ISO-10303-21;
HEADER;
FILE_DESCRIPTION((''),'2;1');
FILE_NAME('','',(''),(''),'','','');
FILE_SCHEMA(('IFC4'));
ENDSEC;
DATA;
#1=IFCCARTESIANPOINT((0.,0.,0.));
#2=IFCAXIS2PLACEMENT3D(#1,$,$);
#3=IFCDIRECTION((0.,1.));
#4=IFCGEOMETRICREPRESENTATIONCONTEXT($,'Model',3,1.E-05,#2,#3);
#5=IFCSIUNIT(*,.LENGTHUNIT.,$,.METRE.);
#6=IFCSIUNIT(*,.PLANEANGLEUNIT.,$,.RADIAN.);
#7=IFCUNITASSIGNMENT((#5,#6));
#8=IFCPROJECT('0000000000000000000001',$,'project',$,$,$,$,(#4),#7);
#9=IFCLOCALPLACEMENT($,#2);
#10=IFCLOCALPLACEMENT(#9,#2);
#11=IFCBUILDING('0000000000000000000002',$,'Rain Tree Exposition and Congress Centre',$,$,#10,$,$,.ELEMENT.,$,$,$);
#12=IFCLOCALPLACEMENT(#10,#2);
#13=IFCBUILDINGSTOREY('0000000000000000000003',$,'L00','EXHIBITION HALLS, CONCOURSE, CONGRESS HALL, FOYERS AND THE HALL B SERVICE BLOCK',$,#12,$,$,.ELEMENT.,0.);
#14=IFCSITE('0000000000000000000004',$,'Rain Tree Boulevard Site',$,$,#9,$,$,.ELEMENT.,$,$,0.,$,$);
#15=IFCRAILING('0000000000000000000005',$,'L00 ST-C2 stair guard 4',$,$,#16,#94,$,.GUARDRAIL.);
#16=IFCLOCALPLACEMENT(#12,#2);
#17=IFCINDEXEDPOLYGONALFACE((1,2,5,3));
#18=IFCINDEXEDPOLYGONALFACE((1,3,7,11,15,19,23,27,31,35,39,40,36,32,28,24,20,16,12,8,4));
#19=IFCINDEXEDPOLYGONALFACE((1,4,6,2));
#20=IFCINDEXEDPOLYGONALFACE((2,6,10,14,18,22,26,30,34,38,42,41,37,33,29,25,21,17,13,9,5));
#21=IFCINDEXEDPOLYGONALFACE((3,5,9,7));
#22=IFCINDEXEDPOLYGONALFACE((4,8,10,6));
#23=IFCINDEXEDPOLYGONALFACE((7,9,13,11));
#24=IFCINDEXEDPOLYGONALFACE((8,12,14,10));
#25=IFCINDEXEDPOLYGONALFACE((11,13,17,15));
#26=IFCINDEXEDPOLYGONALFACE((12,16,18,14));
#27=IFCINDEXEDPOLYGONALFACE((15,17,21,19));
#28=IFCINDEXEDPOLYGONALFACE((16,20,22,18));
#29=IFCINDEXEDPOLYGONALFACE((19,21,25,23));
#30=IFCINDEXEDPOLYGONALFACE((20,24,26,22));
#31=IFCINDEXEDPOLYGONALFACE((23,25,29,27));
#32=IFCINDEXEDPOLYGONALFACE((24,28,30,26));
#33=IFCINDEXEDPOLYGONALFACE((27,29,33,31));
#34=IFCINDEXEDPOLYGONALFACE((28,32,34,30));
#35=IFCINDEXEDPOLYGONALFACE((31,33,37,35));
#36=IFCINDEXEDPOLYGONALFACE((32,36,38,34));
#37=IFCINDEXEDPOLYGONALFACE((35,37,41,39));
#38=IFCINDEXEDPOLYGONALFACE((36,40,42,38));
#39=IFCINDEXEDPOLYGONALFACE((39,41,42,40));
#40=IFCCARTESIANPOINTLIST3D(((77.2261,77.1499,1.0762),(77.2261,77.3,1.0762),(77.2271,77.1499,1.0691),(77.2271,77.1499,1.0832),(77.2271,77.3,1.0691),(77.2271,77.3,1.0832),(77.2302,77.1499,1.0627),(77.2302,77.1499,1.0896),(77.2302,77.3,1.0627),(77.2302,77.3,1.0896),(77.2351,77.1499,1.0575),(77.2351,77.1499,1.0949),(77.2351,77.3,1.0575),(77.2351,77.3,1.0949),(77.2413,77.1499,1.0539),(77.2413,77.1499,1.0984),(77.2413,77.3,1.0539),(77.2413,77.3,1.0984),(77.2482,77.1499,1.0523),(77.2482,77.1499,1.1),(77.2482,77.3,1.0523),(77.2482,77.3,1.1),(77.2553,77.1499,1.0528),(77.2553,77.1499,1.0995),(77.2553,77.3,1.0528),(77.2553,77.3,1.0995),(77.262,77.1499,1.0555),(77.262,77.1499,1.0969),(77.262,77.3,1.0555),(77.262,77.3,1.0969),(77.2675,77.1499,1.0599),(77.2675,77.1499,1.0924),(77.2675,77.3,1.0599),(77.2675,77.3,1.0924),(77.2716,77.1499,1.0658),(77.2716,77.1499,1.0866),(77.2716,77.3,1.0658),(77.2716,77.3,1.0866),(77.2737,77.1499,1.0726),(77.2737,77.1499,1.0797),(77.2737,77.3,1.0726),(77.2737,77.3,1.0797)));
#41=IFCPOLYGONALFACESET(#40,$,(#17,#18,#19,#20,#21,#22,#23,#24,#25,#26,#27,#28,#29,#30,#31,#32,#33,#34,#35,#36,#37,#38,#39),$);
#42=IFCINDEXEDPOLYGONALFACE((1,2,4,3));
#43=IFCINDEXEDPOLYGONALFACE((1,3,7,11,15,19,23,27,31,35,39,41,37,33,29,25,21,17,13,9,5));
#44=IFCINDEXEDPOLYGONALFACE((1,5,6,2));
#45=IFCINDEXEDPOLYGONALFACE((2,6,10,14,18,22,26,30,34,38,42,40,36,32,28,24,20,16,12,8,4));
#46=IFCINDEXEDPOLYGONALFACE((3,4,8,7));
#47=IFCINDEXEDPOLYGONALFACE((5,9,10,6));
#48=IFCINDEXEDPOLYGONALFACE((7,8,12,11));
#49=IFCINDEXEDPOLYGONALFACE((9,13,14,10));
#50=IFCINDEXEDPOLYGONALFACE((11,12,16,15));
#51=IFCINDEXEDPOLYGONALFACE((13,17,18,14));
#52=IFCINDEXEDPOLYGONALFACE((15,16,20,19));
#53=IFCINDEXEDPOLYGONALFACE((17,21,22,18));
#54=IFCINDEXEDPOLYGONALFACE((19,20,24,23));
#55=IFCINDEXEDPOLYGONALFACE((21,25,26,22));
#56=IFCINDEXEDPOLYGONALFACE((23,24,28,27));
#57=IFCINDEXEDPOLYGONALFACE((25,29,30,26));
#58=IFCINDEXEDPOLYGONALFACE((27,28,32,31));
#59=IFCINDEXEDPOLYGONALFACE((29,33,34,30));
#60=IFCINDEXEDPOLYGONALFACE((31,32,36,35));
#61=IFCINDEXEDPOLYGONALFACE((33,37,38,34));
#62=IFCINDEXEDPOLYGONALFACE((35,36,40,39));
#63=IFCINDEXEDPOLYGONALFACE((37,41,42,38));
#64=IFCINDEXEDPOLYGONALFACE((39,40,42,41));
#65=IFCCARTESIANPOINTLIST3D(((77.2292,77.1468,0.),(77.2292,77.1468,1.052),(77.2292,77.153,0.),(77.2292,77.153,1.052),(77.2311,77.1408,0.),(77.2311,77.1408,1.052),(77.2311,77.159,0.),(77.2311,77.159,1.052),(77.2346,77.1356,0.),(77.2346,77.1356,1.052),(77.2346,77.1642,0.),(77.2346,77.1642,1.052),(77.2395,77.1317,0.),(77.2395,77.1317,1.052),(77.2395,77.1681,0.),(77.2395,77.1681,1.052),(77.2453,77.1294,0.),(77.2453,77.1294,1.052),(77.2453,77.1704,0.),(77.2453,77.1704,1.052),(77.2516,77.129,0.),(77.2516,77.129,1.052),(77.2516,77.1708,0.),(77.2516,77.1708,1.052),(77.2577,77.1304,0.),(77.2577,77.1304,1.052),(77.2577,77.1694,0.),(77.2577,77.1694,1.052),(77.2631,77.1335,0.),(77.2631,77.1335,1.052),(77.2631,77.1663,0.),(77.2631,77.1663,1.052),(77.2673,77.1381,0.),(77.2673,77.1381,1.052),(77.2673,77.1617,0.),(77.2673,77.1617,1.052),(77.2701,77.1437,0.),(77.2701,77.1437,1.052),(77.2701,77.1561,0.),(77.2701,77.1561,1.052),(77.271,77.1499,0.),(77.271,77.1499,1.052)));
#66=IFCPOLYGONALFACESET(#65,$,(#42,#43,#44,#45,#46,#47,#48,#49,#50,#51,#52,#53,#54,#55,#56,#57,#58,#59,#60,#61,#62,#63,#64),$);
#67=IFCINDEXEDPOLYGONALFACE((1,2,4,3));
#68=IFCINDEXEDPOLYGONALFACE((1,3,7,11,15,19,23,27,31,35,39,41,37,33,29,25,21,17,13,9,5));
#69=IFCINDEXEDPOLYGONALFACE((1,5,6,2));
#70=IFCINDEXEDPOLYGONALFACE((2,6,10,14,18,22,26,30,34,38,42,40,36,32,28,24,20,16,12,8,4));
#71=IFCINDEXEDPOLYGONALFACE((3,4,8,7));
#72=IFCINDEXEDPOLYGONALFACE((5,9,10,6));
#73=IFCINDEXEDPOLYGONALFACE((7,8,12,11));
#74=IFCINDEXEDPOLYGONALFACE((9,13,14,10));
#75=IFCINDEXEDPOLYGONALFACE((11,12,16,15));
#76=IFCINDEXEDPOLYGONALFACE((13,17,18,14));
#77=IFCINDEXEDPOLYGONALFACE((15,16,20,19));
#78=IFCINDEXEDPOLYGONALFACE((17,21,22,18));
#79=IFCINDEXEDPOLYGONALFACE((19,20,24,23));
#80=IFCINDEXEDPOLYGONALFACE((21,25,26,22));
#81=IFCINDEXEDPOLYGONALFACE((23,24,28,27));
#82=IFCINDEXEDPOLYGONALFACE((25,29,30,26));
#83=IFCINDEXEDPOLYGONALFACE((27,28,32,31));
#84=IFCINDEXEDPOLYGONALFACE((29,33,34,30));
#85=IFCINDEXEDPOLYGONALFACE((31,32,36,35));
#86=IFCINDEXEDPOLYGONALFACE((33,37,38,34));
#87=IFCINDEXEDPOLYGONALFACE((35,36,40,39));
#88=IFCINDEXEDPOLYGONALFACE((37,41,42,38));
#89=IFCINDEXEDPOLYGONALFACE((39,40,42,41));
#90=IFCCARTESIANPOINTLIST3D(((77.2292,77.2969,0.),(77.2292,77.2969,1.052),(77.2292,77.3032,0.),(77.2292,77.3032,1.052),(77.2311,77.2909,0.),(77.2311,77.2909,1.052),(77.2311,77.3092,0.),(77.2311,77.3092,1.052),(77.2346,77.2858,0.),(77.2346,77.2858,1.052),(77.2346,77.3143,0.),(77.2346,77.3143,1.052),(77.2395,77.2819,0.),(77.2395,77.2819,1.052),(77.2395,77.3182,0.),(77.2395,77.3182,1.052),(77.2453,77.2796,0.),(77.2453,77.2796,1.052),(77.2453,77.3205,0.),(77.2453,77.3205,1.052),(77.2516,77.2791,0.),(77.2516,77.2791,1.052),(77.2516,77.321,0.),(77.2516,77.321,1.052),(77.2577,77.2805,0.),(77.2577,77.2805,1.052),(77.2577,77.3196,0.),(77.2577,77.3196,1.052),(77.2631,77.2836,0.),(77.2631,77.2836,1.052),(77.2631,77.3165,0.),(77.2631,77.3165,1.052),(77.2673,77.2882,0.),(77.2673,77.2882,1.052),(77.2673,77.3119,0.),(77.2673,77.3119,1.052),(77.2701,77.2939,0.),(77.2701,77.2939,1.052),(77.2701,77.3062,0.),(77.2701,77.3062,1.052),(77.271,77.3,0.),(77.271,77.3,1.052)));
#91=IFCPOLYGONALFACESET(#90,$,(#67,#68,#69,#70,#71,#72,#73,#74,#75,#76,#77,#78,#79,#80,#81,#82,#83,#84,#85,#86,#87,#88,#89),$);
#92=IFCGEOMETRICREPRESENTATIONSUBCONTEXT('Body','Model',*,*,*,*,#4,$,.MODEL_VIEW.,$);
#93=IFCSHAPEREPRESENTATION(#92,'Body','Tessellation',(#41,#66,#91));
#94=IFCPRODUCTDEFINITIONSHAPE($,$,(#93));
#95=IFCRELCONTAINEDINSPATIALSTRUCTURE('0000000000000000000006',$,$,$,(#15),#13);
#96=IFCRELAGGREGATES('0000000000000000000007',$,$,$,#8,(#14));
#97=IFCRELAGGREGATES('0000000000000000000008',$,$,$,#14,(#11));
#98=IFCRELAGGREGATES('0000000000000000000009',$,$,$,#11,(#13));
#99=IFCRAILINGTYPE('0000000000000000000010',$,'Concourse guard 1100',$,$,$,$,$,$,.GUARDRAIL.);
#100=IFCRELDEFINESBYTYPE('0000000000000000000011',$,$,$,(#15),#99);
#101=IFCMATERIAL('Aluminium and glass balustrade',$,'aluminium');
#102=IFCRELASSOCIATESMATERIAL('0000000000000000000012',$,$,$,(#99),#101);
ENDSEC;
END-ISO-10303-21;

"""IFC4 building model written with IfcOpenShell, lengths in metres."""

from ifc_helpers import new_model, si_unit, direction, frame, origin, origin_2d, place, context, subcontext, project, spatial, circle, extrude, material, type_object, element, save


model = new_model("IFC4")

# Units and contexts
model_context = context("Model", 3, precision=1e-05, world=origin(), true_north=direction((0.0, 1.0)))
body_context = subcontext(model_context, "Body", "Model", "MODEL_VIEW")
ifc_project = project(units=[si_unit("LENGTHUNIT", "METRE"), si_unit("PLANEANGLEUNIT", "RADIAN")], contexts=[model_context])

# Site, building, storey
site_placement = place(None, origin())
site = spatial("IfcSite", under=ifc_project, at=site_placement, Name="Rain Tree Boulevard Site", CompositionType="ELEMENT", RefElevation=0.0)
building_placement = place(site_placement, origin())
building = spatial("IfcBuilding", under=site, at=building_placement, Name="Rain Tree Exposition and Congress Centre", CompositionType="ELEMENT")
storey_placement = place(building_placement, origin())
storey = spatial("IfcBuildingStorey", under=building, at=storey_placement, Name="L00", Description="EXHIBITION HALLS, CONCOURSE, CONGRESS HALL, FOYERS AND THE HALL B SERVICE BLOCK", CompositionType="ELEMENT", Elevation=0.0)

# Railing
ifc_material_1 = material(Name="Aluminium and glass balustrade", Category="aluminium")
railing_type_1 = type_object("IfcRailingType", Name="Concourse guard 1100", PredefinedType="GUARDRAIL", material=ifc_material_1)
railing_1_placement = place(storey_placement, frame((77.25, 77.1499, 0.0)))
element("IfcRailing", 1, at=railing_1_placement, inside=storey, type_object=railing_type_1, Name="L00 ST-C2 stair guard 4", PredefinedType="GUARDRAIL", context=body_context, shape_type="SweptSolid", body=[
    extrude(circle(Radius=0.0239, at=origin_2d()), frame((0.0, 0.0, 1.0762), z_axis=(0.0, 1.0, 0.0), x_axis=(-1.0, 0.0, 0.0)), (0.0, 0.0, 1.0), 0.1501),
    extrude(circle(Radius=0.021, at=origin_2d()), origin(), (0.0, 0.0, 1.0), 1.052),
    extrude(circle(Radius=0.021, at=origin_2d()), frame((0.0, 0.1501, 0.0)), (0.0, 0.0, 1.0), 1.052),
])

save(model, "model.ifc")
